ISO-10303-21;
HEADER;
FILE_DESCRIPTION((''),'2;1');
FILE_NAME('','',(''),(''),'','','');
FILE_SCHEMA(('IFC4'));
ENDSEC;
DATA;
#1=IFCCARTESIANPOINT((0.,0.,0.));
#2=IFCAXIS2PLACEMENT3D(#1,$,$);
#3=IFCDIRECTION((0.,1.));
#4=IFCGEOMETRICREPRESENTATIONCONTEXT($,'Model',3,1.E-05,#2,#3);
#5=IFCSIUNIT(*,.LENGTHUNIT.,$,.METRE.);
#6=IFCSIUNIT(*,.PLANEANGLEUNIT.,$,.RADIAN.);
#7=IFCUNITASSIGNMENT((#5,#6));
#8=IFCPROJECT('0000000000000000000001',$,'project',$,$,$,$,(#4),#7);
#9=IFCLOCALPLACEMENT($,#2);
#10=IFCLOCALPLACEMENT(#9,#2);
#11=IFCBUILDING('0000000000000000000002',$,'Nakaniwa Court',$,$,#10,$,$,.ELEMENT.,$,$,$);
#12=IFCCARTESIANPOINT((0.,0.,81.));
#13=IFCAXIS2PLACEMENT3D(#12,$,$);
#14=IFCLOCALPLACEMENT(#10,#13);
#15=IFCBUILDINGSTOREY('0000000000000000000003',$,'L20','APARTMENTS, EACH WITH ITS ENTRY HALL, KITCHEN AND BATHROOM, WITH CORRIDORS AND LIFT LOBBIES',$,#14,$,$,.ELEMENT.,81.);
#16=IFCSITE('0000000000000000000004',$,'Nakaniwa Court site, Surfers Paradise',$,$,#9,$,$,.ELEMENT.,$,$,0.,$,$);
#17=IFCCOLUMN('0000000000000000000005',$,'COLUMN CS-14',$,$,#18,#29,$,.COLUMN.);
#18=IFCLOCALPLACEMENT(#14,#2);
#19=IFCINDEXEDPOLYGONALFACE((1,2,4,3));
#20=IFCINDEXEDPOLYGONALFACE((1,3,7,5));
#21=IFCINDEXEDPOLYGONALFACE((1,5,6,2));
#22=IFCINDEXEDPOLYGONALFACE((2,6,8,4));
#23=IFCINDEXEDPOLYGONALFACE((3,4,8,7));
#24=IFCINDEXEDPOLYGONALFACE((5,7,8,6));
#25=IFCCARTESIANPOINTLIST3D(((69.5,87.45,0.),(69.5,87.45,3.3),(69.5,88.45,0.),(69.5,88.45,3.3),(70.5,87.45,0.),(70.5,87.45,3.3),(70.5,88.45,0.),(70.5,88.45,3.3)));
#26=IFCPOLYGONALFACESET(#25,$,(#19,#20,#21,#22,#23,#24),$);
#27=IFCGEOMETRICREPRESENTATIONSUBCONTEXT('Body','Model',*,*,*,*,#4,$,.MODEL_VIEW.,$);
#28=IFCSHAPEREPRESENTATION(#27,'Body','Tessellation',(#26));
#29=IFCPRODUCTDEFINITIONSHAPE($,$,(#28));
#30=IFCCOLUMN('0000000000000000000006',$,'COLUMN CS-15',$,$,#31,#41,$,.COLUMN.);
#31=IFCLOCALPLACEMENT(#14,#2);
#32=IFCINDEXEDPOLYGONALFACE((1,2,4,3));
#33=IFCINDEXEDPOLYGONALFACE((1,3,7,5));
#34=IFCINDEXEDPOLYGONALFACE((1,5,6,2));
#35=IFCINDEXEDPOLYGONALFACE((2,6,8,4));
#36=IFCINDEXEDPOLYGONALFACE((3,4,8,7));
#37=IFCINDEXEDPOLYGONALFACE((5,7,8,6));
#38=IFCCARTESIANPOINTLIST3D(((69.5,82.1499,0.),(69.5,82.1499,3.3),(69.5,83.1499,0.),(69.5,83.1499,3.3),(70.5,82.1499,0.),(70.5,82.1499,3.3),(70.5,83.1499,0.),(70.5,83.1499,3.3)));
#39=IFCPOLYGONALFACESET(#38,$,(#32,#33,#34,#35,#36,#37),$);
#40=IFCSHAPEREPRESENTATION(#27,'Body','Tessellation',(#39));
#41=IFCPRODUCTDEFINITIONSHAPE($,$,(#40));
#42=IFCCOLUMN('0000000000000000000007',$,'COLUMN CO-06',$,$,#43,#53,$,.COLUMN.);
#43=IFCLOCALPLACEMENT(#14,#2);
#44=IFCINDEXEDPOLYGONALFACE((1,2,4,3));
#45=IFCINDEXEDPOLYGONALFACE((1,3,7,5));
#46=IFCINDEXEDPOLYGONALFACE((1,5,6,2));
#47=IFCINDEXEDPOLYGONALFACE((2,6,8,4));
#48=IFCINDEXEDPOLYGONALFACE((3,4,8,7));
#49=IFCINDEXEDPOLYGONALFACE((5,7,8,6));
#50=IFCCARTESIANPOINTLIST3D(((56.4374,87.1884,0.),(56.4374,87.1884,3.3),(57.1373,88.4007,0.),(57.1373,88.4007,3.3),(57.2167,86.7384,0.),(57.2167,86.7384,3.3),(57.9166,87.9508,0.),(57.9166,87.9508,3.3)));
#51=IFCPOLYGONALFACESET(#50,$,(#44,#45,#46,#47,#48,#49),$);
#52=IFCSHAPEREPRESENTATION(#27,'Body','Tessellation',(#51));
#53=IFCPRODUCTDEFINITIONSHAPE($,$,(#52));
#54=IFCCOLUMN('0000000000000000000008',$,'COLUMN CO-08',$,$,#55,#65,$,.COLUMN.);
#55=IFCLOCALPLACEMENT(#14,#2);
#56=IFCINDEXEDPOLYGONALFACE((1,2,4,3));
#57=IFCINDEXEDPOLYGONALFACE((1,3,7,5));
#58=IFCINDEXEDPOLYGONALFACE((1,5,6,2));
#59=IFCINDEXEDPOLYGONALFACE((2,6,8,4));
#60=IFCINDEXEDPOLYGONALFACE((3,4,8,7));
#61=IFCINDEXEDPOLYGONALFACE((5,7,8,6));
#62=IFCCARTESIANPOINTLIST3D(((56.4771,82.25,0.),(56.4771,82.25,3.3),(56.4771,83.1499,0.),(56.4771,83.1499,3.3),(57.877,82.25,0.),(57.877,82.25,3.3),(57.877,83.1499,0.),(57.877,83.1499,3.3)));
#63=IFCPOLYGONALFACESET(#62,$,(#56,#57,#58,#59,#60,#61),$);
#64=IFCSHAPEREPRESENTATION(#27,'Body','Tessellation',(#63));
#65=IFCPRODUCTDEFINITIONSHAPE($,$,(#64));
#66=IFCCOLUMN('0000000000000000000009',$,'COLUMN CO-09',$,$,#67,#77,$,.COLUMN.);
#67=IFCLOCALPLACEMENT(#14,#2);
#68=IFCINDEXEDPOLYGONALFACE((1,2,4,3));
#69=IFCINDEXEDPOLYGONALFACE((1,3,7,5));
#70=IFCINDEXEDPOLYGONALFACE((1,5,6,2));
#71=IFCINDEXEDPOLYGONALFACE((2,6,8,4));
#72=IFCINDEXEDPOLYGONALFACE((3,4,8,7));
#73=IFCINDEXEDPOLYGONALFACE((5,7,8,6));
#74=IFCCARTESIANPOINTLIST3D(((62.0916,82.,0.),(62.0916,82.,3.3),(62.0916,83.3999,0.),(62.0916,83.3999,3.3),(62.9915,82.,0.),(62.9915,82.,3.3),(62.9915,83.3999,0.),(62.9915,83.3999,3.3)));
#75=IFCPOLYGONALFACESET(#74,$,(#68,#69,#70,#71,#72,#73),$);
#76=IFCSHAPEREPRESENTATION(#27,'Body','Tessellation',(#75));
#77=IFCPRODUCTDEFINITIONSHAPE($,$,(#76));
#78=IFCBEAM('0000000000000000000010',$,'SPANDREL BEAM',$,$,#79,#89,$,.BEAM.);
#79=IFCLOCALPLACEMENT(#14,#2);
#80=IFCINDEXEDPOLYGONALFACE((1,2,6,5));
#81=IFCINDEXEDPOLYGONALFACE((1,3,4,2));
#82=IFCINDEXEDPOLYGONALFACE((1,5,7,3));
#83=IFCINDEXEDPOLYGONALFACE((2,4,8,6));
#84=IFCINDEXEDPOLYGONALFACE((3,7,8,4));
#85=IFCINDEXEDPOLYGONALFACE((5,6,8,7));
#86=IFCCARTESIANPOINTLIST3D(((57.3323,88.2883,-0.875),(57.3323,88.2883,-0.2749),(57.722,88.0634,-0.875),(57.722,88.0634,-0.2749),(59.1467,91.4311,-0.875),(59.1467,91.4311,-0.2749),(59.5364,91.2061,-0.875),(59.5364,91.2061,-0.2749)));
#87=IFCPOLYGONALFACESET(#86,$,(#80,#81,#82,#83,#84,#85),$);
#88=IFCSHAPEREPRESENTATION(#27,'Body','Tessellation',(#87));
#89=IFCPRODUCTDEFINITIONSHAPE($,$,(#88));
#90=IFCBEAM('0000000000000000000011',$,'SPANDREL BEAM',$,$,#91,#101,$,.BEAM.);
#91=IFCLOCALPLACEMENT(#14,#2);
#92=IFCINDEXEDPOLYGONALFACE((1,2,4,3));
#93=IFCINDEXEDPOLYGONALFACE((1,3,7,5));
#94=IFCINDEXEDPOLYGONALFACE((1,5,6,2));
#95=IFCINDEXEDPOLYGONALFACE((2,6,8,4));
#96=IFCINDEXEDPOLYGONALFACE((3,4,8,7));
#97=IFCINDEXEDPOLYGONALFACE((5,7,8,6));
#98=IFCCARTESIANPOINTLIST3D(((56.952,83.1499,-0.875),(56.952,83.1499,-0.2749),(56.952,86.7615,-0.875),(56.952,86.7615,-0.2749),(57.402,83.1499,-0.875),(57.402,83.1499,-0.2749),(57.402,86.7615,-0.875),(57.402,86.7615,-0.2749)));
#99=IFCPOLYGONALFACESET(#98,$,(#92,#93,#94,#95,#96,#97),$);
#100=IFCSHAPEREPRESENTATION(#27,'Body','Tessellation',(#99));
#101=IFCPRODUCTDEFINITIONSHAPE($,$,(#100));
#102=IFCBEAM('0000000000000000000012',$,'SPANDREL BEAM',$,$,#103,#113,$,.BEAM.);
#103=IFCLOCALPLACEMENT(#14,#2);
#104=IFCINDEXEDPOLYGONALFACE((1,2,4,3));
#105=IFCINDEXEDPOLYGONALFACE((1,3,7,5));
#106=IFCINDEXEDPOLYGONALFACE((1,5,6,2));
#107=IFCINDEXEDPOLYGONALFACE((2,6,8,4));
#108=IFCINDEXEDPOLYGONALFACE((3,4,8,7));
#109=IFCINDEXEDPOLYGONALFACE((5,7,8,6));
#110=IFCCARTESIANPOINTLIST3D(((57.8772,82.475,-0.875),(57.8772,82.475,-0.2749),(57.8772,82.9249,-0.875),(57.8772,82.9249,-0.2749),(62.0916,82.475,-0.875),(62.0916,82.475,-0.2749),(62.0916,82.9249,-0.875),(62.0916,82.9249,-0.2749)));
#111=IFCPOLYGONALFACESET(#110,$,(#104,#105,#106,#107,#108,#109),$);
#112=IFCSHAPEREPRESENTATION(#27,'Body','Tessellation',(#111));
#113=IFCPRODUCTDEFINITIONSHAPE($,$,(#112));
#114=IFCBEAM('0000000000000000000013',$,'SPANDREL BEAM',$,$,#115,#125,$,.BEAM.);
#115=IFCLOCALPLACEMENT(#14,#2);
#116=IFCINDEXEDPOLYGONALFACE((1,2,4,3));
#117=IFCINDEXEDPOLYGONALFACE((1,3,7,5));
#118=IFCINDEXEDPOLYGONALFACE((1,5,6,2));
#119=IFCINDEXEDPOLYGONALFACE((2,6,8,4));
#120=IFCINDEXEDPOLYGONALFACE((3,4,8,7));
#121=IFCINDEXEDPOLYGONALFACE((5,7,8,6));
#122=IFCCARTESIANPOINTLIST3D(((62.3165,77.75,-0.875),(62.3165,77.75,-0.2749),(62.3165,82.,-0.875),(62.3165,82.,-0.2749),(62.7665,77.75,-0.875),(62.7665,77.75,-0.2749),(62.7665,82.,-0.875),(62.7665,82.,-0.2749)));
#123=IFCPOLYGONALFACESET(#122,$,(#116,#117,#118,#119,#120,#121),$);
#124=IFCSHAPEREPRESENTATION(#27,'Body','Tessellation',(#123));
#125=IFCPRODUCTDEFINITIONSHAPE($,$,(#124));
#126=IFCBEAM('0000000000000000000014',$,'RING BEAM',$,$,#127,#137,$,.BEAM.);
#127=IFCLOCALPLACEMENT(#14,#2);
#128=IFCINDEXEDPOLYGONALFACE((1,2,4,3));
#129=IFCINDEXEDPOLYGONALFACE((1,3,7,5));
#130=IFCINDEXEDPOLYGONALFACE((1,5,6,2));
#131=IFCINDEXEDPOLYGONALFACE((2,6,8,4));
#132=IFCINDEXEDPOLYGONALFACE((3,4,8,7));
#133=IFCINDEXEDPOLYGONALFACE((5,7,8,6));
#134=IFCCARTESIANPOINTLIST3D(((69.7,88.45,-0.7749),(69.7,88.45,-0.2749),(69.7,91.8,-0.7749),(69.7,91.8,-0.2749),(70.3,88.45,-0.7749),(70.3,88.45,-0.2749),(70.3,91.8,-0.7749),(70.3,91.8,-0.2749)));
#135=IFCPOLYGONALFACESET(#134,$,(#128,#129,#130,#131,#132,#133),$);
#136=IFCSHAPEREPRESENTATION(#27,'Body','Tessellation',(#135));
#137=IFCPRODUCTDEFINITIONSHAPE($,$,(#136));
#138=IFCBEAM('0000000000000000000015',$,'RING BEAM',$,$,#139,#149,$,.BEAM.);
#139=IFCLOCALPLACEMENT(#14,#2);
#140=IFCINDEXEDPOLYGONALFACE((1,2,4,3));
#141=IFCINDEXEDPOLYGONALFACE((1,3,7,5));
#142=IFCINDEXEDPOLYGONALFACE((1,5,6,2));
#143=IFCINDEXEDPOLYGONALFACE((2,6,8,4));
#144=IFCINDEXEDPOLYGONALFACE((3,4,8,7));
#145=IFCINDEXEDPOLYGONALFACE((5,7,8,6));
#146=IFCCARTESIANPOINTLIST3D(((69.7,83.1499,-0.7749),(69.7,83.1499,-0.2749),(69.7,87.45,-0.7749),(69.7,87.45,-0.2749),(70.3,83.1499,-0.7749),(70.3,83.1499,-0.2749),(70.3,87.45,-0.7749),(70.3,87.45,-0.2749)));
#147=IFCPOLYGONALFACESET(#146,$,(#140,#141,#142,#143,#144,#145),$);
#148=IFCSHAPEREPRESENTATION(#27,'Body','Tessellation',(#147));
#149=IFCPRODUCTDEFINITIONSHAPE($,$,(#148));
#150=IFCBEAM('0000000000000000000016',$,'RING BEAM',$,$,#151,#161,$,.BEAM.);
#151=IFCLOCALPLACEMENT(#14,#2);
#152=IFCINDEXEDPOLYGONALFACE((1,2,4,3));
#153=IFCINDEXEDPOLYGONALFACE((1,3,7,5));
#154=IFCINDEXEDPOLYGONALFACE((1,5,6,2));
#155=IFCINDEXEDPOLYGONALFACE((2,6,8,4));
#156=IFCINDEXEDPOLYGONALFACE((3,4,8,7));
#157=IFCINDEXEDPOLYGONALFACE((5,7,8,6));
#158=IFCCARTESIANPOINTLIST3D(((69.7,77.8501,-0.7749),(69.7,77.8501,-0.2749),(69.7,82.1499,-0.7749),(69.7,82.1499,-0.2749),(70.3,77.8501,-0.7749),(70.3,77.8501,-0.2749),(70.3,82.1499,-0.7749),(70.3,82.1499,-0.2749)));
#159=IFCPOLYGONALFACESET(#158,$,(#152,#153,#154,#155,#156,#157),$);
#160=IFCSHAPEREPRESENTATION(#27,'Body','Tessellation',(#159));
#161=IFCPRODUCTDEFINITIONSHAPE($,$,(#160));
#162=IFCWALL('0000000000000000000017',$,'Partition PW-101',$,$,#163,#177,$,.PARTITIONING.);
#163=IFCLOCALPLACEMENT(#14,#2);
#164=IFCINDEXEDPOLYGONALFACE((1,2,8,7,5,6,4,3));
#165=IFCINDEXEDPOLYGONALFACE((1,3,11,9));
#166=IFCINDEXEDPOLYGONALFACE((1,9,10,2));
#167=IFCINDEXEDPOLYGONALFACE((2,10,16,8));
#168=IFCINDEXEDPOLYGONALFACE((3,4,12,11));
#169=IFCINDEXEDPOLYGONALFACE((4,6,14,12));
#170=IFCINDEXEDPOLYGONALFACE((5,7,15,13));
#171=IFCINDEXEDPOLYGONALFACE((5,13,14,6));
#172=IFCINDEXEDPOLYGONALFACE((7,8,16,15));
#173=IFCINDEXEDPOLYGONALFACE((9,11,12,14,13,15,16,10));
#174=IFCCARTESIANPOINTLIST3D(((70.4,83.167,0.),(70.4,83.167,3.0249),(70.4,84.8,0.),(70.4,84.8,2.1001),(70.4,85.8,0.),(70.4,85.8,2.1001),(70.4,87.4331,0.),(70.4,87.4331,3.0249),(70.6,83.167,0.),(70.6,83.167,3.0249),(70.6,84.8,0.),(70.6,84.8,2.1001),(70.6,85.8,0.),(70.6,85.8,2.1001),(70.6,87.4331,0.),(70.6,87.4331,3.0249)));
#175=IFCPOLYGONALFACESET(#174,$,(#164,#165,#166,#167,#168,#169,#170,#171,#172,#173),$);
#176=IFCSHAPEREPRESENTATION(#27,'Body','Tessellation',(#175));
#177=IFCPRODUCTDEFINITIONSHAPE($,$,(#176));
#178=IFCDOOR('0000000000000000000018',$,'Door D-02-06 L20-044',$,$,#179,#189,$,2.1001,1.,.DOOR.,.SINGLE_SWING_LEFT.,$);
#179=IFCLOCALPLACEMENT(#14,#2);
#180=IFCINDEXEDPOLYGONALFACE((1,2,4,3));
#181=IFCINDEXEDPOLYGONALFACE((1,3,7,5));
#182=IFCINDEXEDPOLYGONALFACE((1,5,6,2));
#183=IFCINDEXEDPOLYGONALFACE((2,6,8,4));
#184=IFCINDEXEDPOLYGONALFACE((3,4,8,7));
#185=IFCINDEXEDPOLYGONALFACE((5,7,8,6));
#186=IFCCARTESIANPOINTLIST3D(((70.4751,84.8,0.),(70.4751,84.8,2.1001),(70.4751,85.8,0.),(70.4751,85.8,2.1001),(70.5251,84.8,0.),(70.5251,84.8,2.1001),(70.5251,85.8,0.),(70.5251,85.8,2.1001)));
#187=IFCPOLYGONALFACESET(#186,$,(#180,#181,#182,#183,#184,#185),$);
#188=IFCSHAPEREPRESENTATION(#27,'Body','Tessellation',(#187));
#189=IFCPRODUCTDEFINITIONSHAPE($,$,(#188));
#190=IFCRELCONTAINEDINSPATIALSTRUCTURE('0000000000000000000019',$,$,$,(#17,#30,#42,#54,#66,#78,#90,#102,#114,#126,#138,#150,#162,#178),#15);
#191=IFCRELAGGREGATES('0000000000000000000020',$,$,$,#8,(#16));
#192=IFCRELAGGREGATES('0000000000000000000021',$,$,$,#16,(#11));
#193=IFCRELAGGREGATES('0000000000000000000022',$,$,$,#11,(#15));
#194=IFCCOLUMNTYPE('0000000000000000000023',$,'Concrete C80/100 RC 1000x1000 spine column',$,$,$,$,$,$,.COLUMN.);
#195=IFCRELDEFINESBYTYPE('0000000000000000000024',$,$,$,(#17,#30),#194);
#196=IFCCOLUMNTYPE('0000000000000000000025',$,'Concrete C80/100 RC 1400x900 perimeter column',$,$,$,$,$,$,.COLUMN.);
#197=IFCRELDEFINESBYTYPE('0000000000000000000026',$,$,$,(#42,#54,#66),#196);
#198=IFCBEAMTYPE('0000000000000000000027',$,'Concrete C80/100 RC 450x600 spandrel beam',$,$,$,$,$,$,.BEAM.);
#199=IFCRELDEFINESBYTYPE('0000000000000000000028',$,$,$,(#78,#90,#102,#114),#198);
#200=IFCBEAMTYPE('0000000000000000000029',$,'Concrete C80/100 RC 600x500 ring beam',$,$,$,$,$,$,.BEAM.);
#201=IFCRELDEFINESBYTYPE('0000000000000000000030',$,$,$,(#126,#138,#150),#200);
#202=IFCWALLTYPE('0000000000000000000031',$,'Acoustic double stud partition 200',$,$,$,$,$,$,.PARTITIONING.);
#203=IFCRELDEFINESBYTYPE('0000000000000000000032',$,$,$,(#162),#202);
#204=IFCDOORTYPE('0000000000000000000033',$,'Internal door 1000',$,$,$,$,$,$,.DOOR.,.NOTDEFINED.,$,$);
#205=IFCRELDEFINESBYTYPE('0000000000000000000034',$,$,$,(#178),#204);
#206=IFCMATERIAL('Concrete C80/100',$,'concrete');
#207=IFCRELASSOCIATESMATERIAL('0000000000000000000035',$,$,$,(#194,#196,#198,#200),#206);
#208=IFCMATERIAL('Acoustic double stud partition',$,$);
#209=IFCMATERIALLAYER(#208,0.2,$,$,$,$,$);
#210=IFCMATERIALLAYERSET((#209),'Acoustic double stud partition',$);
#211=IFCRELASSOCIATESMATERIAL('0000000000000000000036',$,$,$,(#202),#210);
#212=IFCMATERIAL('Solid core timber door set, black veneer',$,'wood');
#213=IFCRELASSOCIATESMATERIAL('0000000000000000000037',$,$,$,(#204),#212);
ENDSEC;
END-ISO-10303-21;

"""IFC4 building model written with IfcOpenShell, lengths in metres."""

from ifc_helpers import new_model, si_unit, direction, frame, frame_2d, origin, origin_2d, place, context, subcontext, project, spatial, rectangle, extrude, material, layer, layer_set, material_profile, profile_set, type_object, element, fill, save


model = new_model("IFC4")

# Units and contexts
model_context = context("Model", 3, precision=1e-05, world=origin(), true_north=direction((0.0, 1.0)))
body_context = subcontext(model_context, "Body", "Model", "MODEL_VIEW")
ifc_project = project(units=[si_unit("LENGTHUNIT", "METRE"), si_unit("PLANEANGLEUNIT", "RADIAN")], contexts=[model_context])

# Site, building, storey
site_placement = place(None, origin())
site = spatial("IfcSite", under=ifc_project, at=site_placement, Name="Nakaniwa Court site, Surfers Paradise", CompositionType="ELEMENT", RefElevation=0.0)
building_placement = place(site_placement, origin())
building = spatial("IfcBuilding", under=site, at=building_placement, Name="Nakaniwa Court", CompositionType="ELEMENT")
storey_placement = place(building_placement, frame((0.0, 0.0, 81.0)))
storey = spatial("IfcBuildingStorey", under=building, at=storey_placement, Name="L20", Description="APARTMENTS, EACH WITH ITS ENTRY HALL, KITCHEN AND BATHROOM, WITH CORRIDORS AND LIFT LOBBIES", CompositionType="ELEMENT", Elevation=81.0)

# Columns
ifc_material_1 = material(Name="Concrete C80/100", Category="concrete")
ifc_material_profile_1 = material_profile(ifc_material_1, rectangle(XDim=1.0, YDim=1.0, at=origin_2d()), Name="Concrete C80/100 RC 1000x1000 spine column")
ifc_profile_set_1 = profile_set([ifc_material_profile_1], Name="Concrete C80/100")
column_type_1 = type_object("IfcColumnType", Name="Concrete C80/100 RC 1000x1000 spine column", PredefinedType="COLUMN", material=ifc_profile_set_1)
for number, where, z_axis, x_axis, name in (
    (1, (70.0, 87.95, 0.0), (0.0, 0.0, 1.0), (0.0, -1.0, 0.0), "COLUMN CS-14"),
    (2, (70.0, 82.6499, 0.0), (0.0, 0.0, 1.0), (0.0, -1.0, 0.0), "COLUMN CS-15"),
):
    element("IfcColumn", number, at=place(storey_placement, frame(where, z_axis=z_axis, x_axis=x_axis)), inside=storey, type_object=column_type_1, Name=name, PredefinedType="COLUMN", context=body_context, shape_type="SweptSolid", body=[
        extrude(rectangle(XDim=1.0, YDim=1.0, at=origin_2d()), origin(), (0.0, 0.0, 1.0), 3.3),
    ])
ifc_material_profile_2 = material_profile(ifc_material_1, rectangle(XDim=1.3999, YDim=0.8999, at=origin_2d()), Name="Concrete C80/100 RC 1400x900 perimeter column")
ifc_profile_set_2 = profile_set([ifc_material_profile_2], Name="Concrete C80/100")
column_type_2 = type_object("IfcColumnType", Name="Concrete C80/100 RC 1400x900 perimeter column", PredefinedType="COLUMN", material=ifc_profile_set_2)
for number, where, z_axis, x_axis, name in (
    (3, (57.177, 87.5696, 0.0), (0.0, 0.0, 1.0), (-0.5, -0.866025, 0.0), "COLUMN CO-06"),
    (4, (57.177, 82.7, 0.0), (0.0, 0.0, 1.0), (1.0, 0.0, 0.0), "COLUMN CO-08"),
    (5, (62.5415, 82.7, 0.0), (0.0, 0.0, 1.0), (0.0, -1.0, 0.0), "COLUMN CO-09"),
):
    element("IfcColumn", number, at=place(storey_placement, frame(where, z_axis=z_axis, x_axis=x_axis)), inside=storey, type_object=column_type_2, Name=name, PredefinedType="COLUMN", context=body_context, shape_type="SweptSolid", body=[
        extrude(rectangle(XDim=1.3999, YDim=0.8999, at=origin_2d()), origin(), (0.0, 0.0, 1.0), 3.3),
    ])

# Beams
ifc_material_profile_3 = material_profile(ifc_material_1, rectangle(XDim=0.45, YDim=0.6001, at=origin_2d()), Name="Concrete C80/100 RC 450x600 spandrel beam")
ifc_profile_set_3 = profile_set([ifc_material_profile_3], Name="Concrete C80/100")
beam_type_1 = type_object("IfcBeamType", Name="Concrete C80/100 RC 450x600 spandrel beam", PredefinedType="BEAM", material=ifc_profile_set_3)
beam_1_placement = place(storey_placement, frame((59.3416, 91.3186, -0.575), z_axis=(-0.499988, -0.866032, 0.0), x_axis=(0.866032, -0.499988, 0.0)))
element("IfcBeam", 6, at=beam_1_placement, inside=storey, type_object=beam_type_1, Name="SPANDREL BEAM", PredefinedType="BEAM", context=body_context, shape_type="SweptSolid", body=[
    extrude(rectangle(XDim=0.45, YDim=0.6001, at=origin_2d()), origin(), (0.0, 0.0, 1.0), 3.6289),
])
beam_2_placement = place(storey_placement, frame((57.177, 86.7615, -0.575), z_axis=(0.0, -1.0, 0.0), x_axis=(1.0, 0.0, 0.0)))
element("IfcBeam", 7, at=beam_2_placement, inside=storey, type_object=beam_type_1, Name="SPANDREL BEAM", PredefinedType="BEAM", context=body_context, shape_type="SweptSolid", body=[
    extrude(rectangle(XDim=0.45, YDim=0.6001, at=origin_2d()), origin(), (0.0, 0.0, 1.0), 3.6116),
])
beam_3_placement = place(storey_placement, frame((57.8772, 82.7, -0.575), z_axis=(1.0, 0.0, 0.0), x_axis=(0.0, 1.0, 0.0)))
element("IfcBeam", 8, at=beam_3_placement, inside=storey, type_object=beam_type_1, Name="SPANDREL BEAM", PredefinedType="BEAM", context=body_context, shape_type="SweptSolid", body=[
    extrude(rectangle(XDim=0.45, YDim=0.6001, at=origin_2d()), origin(), (0.0, 0.0, 1.0), 4.2144),
])
beam_4_placement = place(storey_placement, frame((62.5415, 82.0, -0.575), z_axis=(0.0, -1.0, 0.0), x_axis=(1.0, 0.0, 0.0)))
element("IfcBeam", 9, at=beam_4_placement, inside=storey, type_object=beam_type_1, Name="SPANDREL BEAM", PredefinedType="BEAM", context=body_context, shape_type="SweptSolid", body=[
    extrude(rectangle(XDim=0.45, YDim=0.6001, at=origin_2d()), origin(), (0.0, 0.0, 1.0), 4.25),
])
ifc_material_profile_4 = material_profile(ifc_material_1, rectangle(XDim=0.6001, YDim=0.5, at=origin_2d()), Name="Concrete C80/100 RC 600x500 ring beam")
ifc_profile_set_4 = profile_set([ifc_material_profile_4], Name="Concrete C80/100")
beam_type_2 = type_object("IfcBeamType", Name="Concrete C80/100 RC 600x500 ring beam", PredefinedType="BEAM", material=ifc_profile_set_4)
beam_5_placement = place(storey_placement, frame((70.0, 91.8, -0.5249), z_axis=(0.0, -1.0, 0.0), x_axis=(1.0, 0.0, 0.0)))
element("IfcBeam", 10, at=beam_5_placement, inside=storey, type_object=beam_type_2, Name="RING BEAM", PredefinedType="BEAM", context=body_context, shape_type="SweptSolid", body=[
    extrude(rectangle(XDim=0.6001, YDim=0.5, at=origin_2d()), origin(), (0.0, 0.0, 1.0), 3.3501),
])
beam_6_placement = place(storey_placement, frame((70.0, 87.45, -0.5249), z_axis=(0.0, -1.0, 0.0), x_axis=(1.0, 0.0, 0.0)))
element("IfcBeam", 11, at=beam_6_placement, inside=storey, type_object=beam_type_2, Name="RING BEAM", PredefinedType="BEAM", context=body_context, shape_type="SweptSolid", body=[
    extrude(rectangle(XDim=0.6001, YDim=0.5, at=origin_2d()), origin(), (0.0, 0.0, 1.0), 4.3),
])
beam_7_placement = place(storey_placement, frame((70.0, 82.1499, -0.5249), z_axis=(0.0, -1.0, 0.0), x_axis=(1.0, 0.0, 0.0)))
element("IfcBeam", 12, at=beam_7_placement, inside=storey, type_object=beam_type_2, Name="RING BEAM", PredefinedType="BEAM", context=body_context, shape_type="SweptSolid", body=[
    extrude(rectangle(XDim=0.6001, YDim=0.5, at=origin_2d()), origin(), (0.0, 0.0, 1.0), 4.2998),
])

# Wall, opening, door
ifc_material_2 = material(Name="Acoustic double stud partition")
ifc_layer_1 = layer(ifc_material_2, 0.2)
ifc_layer_set_1 = layer_set([ifc_layer_1], Name="Acoustic double stud partition")
wall_type_1 = type_object("IfcWallType", Name="Acoustic double stud partition 200", PredefinedType="PARTITIONING", material=ifc_layer_set_1)
wall_1_placement = place(storey_placement, frame((70.5, 83.167, 0.0), z_axis=(0.0, 0.0, 1.0), x_axis=(0.0, 1.0, 0.0)))
wall_1 = element("IfcWall", 13, at=wall_1_placement, inside=storey, type_object=wall_type_1, Name="Partition PW-101", PredefinedType="PARTITIONING", context=body_context, shape_type="SweptSolid", body=[
    extrude(rectangle(XDim=4.2661, YDim=0.2, at=frame_2d((2.1331, 0.0))), origin(), (0.0, 0.0, 1.0), 3.0249),
])
opening_1_placement = place(wall_1_placement, frame((1.6331, 0.0, 0.0)))
opening_1 = element("IfcOpeningElement", 14, at=opening_1_placement, cuts=wall_1, PredefinedType="OPENING", context=body_context, shape_type="SweptSolid", body=[
    extrude(rectangle(XDim=1.0, YDim=2.1001, at=frame_2d((0.5, 1.05))), frame((0.0, 0.1099, 0.0), z_axis=(0.0, -1.0, 0.0), x_axis=(1.0, 0.0, 0.0)), (0.0, 0.0, 1.0), 0.22),
])
ifc_material_3 = material(Name="Solid core timber door set, black veneer", Category="wood")
door_type = type_object("IfcDoorType", Name="Internal door 1000", OperationType="NOTDEFINED", PredefinedType="DOOR", material=ifc_material_3)
door_placement = place(opening_1_placement, origin())
door = element("IfcDoor", 15, at=door_placement, inside=storey, type_object=door_type, Name="Door D-02-06 L20-044", OperationType="SINGLE_SWING_LEFT", OverallHeight=2.1001, OverallWidth=1.0, PredefinedType="DOOR", context=body_context, shape_type="SweptSolid", body=[
    extrude(rectangle(XDim=1.0, YDim=2.1001, at=frame_2d((0.5, 1.05))), frame((0.0, 0.0249, 0.0), z_axis=(0.0, -1.0, 0.0), x_axis=(1.0, 0.0, 0.0)), (0.0, 0.0, 1.0), 0.05),
])
fill(opening_1, door)

save(model, "model.ifc")
